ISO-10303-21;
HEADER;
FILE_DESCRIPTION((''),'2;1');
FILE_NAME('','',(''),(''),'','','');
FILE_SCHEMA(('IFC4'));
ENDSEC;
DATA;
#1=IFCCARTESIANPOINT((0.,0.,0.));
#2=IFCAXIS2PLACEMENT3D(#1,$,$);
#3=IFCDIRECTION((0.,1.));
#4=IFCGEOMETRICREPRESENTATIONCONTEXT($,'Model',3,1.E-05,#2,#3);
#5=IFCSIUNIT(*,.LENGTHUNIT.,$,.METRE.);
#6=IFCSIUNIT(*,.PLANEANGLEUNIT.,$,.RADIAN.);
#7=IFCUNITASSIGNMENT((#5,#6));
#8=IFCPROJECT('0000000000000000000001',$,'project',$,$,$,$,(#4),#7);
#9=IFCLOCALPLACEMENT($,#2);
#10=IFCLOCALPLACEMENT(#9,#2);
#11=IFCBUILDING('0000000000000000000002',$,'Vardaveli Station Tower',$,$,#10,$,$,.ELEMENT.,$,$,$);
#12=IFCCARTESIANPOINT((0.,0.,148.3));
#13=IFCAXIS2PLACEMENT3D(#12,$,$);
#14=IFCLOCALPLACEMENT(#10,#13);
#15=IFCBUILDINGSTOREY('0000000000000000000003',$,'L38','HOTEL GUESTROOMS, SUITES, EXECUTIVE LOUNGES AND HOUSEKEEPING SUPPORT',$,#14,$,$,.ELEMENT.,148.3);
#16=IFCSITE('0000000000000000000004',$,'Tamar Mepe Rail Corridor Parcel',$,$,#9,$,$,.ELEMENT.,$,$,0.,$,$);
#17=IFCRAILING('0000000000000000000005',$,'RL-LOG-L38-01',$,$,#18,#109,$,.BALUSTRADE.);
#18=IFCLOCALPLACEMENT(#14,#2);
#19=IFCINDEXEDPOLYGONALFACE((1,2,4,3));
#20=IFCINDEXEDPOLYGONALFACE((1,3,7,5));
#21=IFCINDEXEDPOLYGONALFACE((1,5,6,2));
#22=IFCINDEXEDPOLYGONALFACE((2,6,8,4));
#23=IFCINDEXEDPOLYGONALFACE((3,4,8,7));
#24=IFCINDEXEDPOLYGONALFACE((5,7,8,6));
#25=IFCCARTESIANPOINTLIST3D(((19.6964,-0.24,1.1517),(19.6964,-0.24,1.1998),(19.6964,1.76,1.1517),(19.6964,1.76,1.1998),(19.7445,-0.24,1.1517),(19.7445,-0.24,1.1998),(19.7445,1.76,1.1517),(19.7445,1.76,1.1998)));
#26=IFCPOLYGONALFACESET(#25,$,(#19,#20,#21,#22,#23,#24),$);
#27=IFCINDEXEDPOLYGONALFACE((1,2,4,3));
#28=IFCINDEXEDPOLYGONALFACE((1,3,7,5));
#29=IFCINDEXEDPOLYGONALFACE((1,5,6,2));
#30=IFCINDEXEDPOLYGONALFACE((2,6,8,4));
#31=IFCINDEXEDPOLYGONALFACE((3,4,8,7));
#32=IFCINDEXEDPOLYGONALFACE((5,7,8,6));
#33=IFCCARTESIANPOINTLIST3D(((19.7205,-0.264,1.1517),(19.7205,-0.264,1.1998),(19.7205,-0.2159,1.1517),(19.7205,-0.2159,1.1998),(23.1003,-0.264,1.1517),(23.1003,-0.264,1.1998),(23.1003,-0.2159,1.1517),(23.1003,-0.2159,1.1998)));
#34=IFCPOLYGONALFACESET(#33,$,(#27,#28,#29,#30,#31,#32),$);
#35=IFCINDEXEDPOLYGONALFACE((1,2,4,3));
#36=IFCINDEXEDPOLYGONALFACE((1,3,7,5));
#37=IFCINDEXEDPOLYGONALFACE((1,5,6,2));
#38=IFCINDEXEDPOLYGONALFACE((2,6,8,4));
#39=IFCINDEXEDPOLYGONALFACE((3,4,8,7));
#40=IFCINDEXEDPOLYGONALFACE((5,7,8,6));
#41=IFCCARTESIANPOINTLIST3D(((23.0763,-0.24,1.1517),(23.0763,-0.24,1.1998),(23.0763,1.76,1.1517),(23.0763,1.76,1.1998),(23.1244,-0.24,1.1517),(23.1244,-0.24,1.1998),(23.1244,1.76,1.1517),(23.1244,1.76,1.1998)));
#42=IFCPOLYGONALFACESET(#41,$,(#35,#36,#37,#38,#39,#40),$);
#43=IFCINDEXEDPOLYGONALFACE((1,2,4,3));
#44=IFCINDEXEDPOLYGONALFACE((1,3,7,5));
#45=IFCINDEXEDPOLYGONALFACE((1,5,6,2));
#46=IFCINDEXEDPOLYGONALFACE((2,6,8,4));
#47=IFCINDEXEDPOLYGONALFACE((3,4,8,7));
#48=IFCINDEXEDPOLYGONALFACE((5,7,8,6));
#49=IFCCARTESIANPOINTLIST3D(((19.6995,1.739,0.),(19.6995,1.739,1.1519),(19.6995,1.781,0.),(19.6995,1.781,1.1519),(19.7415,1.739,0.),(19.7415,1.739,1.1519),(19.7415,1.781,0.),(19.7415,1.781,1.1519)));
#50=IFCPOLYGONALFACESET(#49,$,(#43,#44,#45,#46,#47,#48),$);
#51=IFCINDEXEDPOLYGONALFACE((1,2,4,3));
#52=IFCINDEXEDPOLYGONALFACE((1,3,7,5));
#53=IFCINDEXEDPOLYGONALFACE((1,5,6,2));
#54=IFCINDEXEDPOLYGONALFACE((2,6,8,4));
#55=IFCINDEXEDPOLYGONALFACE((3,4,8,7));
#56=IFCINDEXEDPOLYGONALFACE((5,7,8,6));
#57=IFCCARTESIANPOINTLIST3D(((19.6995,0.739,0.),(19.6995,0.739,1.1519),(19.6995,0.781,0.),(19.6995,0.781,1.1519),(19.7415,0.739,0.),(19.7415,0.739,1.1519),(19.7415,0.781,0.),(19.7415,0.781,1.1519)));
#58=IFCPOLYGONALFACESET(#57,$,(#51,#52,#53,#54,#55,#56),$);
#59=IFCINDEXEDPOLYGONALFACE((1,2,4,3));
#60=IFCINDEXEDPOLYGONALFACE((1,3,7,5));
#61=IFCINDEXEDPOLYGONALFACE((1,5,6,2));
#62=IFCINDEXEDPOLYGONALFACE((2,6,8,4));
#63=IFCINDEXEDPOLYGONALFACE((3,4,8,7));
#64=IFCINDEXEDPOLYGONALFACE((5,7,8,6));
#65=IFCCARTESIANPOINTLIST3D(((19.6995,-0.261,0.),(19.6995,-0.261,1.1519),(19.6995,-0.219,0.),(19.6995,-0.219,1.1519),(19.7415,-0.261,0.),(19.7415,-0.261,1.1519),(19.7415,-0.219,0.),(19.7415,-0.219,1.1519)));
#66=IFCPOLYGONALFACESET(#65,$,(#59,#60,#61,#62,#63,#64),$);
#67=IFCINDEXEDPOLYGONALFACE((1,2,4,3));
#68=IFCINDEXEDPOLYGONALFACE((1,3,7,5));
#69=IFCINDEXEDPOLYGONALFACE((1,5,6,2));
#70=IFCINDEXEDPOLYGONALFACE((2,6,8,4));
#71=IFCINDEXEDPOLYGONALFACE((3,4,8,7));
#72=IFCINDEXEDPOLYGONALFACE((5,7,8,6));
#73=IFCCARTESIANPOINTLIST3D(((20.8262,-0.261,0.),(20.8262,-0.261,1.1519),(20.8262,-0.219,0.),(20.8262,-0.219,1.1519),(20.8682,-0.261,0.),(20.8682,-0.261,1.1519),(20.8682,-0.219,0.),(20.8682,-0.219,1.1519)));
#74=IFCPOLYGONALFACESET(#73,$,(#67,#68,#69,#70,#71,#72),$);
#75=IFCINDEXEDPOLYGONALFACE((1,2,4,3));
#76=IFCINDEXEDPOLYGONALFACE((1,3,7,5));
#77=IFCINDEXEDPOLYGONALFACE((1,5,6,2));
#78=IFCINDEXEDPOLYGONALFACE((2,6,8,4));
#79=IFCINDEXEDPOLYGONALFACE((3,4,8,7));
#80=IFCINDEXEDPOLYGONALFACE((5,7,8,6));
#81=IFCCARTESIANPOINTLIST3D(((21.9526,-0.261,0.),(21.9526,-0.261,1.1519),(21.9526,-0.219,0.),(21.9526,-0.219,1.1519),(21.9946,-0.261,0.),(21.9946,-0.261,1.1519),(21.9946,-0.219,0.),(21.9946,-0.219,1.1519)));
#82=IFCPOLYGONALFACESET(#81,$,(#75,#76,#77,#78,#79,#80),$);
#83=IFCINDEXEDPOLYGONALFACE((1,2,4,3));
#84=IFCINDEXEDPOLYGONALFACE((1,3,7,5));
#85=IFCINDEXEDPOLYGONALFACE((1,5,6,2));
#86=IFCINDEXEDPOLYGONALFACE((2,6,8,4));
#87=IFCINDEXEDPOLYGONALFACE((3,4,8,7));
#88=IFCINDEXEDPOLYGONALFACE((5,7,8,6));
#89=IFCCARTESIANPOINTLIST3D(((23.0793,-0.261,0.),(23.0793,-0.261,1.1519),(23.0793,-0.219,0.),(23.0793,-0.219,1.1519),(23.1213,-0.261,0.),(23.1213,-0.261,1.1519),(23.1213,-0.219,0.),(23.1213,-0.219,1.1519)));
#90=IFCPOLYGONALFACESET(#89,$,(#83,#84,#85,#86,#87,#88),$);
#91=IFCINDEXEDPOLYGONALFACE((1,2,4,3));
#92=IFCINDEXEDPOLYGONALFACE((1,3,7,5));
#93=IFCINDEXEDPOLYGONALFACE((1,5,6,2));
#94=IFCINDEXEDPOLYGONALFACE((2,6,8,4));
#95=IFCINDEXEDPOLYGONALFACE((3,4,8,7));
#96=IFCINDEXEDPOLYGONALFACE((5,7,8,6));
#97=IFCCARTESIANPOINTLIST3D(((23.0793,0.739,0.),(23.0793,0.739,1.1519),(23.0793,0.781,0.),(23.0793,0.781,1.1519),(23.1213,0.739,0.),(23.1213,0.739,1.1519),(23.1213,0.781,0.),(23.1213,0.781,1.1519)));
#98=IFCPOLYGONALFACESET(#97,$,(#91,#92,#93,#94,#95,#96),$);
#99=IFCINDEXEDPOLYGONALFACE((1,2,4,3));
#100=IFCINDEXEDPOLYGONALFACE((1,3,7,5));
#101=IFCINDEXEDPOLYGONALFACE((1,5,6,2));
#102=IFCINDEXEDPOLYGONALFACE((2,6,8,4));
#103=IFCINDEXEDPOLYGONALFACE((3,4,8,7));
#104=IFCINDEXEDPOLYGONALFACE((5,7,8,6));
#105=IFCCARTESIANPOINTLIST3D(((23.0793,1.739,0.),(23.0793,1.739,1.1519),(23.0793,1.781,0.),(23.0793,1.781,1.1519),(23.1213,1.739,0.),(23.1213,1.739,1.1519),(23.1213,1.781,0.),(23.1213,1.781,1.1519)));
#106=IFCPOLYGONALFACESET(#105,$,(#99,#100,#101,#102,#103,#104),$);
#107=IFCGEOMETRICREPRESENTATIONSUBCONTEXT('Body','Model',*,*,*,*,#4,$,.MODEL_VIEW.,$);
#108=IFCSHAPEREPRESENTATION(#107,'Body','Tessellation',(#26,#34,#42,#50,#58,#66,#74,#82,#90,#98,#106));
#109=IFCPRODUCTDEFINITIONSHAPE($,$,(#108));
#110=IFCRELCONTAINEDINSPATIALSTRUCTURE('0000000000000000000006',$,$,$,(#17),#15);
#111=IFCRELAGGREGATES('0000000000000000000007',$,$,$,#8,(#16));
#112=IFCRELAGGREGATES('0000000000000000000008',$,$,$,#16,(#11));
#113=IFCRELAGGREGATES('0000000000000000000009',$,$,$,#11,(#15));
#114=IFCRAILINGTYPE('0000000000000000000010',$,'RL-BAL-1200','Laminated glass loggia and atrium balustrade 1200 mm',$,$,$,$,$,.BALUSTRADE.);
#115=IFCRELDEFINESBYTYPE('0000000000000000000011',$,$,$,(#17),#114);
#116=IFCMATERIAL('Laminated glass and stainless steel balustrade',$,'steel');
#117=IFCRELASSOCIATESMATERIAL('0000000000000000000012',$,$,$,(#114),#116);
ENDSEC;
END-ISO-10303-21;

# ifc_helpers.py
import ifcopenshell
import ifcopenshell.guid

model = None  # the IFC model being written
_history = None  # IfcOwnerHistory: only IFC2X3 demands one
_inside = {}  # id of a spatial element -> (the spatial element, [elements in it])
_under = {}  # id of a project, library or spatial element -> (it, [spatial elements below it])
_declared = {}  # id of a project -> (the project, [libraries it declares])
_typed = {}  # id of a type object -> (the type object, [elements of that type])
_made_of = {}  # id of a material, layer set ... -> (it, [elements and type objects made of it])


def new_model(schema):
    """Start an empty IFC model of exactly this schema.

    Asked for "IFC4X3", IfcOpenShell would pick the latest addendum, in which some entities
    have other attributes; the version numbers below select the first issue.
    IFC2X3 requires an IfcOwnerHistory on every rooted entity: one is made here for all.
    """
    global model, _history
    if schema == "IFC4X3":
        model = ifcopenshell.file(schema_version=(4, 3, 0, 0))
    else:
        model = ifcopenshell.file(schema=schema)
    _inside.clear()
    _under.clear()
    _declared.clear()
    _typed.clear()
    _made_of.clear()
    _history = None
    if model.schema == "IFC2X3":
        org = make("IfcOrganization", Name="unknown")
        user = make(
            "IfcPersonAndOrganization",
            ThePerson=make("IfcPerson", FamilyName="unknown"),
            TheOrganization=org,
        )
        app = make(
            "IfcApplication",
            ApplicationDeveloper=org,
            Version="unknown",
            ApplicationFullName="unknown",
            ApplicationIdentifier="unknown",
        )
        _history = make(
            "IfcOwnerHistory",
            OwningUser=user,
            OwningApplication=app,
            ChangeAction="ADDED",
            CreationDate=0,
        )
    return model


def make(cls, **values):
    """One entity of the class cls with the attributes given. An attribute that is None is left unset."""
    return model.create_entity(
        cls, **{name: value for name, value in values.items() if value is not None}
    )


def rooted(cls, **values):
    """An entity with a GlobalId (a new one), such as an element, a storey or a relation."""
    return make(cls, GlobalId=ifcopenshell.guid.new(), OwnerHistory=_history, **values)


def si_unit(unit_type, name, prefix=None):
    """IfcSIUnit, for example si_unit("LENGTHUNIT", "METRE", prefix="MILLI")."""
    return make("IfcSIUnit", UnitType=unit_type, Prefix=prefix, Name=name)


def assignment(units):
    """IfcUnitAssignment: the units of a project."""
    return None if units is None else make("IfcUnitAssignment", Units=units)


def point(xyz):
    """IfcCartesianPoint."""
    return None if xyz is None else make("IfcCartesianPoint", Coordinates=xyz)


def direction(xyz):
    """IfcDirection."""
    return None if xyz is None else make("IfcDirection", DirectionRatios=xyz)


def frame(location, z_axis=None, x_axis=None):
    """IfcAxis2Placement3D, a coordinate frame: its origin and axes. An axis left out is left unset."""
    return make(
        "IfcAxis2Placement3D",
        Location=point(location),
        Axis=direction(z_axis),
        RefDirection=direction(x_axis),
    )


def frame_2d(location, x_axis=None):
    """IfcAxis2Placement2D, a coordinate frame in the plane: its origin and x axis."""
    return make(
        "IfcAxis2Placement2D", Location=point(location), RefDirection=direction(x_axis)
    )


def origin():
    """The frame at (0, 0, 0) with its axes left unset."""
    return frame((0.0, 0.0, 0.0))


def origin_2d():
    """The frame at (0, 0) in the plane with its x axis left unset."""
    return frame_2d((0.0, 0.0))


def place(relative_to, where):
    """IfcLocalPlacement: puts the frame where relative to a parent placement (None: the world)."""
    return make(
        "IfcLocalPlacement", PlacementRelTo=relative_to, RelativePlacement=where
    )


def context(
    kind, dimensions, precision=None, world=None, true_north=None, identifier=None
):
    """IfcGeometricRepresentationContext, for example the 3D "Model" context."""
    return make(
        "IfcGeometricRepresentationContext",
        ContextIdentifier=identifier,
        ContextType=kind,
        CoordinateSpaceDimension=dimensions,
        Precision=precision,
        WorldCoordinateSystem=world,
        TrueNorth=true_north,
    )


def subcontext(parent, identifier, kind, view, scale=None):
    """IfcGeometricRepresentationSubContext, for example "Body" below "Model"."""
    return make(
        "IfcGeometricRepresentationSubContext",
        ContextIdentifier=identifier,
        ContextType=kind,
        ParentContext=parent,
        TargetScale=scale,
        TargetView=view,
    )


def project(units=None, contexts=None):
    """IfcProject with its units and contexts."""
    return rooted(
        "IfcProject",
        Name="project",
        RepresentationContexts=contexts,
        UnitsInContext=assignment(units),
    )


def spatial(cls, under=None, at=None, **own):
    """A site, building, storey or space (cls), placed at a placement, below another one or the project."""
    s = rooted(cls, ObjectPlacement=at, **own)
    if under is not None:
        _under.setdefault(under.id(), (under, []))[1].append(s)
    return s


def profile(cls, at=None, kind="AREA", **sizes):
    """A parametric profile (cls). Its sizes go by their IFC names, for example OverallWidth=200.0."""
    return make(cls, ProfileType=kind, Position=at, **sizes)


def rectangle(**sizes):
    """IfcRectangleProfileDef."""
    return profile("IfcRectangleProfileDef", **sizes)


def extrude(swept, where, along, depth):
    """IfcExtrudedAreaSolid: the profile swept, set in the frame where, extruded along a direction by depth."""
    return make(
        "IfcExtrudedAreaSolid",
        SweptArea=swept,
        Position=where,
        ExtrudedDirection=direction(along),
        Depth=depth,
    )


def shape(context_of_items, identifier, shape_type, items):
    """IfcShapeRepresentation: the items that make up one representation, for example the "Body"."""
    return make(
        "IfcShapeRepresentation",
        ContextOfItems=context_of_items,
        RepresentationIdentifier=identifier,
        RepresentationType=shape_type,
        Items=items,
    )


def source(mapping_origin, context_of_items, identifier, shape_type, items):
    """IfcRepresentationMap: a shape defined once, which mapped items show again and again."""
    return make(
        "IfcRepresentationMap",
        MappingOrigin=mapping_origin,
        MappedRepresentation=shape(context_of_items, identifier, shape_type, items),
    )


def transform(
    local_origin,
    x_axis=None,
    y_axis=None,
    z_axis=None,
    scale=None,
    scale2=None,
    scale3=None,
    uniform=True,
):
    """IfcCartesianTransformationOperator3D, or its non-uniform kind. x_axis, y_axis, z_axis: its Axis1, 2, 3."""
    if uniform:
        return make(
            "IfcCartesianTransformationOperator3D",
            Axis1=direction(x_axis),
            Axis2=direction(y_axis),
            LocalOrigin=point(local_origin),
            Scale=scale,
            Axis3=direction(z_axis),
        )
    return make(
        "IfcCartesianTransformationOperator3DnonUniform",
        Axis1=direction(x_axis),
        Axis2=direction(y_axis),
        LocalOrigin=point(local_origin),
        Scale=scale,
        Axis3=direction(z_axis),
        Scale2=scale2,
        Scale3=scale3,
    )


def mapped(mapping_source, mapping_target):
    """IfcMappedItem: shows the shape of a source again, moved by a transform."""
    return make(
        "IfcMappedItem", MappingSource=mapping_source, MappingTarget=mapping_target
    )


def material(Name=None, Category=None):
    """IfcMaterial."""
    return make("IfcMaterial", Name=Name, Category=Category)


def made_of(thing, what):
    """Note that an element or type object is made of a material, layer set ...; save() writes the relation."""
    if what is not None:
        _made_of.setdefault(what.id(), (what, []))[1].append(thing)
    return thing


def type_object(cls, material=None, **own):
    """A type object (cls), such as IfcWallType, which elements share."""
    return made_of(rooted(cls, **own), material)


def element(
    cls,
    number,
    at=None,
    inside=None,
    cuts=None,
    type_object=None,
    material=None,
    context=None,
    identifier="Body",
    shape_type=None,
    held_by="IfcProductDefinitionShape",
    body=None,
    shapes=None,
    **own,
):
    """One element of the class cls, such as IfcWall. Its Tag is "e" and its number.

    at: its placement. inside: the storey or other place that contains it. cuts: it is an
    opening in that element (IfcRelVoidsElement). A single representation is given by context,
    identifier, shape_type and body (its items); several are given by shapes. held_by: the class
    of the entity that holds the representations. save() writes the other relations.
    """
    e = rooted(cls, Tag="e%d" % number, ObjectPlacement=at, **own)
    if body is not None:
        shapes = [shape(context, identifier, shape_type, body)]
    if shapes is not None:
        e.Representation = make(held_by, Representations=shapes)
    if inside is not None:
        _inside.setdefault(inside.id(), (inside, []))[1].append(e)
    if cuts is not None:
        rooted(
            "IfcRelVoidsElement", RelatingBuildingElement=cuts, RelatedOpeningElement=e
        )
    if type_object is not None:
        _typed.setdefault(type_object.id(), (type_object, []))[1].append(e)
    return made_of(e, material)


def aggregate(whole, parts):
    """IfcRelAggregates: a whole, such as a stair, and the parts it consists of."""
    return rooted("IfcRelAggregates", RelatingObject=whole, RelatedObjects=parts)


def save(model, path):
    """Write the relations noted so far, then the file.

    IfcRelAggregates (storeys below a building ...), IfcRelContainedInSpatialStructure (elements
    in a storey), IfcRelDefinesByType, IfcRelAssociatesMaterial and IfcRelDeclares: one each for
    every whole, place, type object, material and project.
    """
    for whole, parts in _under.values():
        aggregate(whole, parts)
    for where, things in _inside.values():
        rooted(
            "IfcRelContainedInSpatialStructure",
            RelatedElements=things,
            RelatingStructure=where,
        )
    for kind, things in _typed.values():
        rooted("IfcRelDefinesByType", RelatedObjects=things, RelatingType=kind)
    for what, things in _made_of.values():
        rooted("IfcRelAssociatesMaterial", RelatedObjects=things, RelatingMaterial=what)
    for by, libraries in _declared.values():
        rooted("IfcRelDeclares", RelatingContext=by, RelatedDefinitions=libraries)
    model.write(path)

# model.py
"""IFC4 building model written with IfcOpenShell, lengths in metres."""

from ifc_helpers import new_model, si_unit, direction, frame, origin, origin_2d, place, context, subcontext, project, spatial, rectangle, extrude, source, transform, mapped, material, type_object, element, save


model = new_model("IFC4")

# Units and contexts
model_context = context("Model", 3, precision=1e-05, world=origin(), true_north=direction((0.0, 1.0)))
body_context = subcontext(model_context, "Body", "Model", "MODEL_VIEW")
ifc_project = project(units=[si_unit("LENGTHUNIT", "METRE"), si_unit("PLANEANGLEUNIT", "RADIAN")], contexts=[model_context])

# Site, building, storey
site_placement = place(None, origin())
site = spatial("IfcSite", under=ifc_project, at=site_placement, Name="Tamar Mepe Rail Corridor Parcel", CompositionType="ELEMENT", RefElevation=0.0)
building_placement = place(site_placement, origin())
building = spatial("IfcBuilding", under=site, at=building_placement, Name="Vardaveli Station Tower", CompositionType="ELEMENT")
storey_placement = place(building_placement, frame((0.0, 0.0, 148.3)))
storey = spatial("IfcBuildingStorey", under=building, at=storey_placement, Name="L38", Description="HOTEL GUESTROOMS, SUITES, EXECUTIVE LOUNGES AND HOUSEKEEPING SUPPORT", CompositionType="ELEMENT", Elevation=148.3)

# Railing
ifc_material_1 = material(Name="Laminated glass and stainless steel balustrade", Category="steel")
railing_type = type_object("IfcRailingType", Name="RL-BAL-1200", Description="Laminated glass loggia and atrium balustrade 1200 mm", PredefinedType="BALUSTRADE", material=ifc_material_1)
shared_shape_1 = source(origin(), body_context, "Body", "SweptSolid", [
    extrude(rectangle(XDim=0.0481, YDim=0.0481, at=origin_2d()), frame((0.0, 0.0, 1.1758), z_axis=(0.0, -1.0, 0.0), x_axis=(1.0, 0.0, 0.0)), (0.0, 0.0, 1.0), 2.0),
    extrude(rectangle(XDim=0.0481, YDim=0.0481, at=origin_2d()), frame((0.0, -2.0, 1.1758), z_axis=(1.0, 0.0, 0.0), x_axis=(0.0, 1.0, 0.0)), (0.0, 0.0, 1.0), 3.3799),
    extrude(rectangle(XDim=0.0481, YDim=0.0481, at=origin_2d()), frame((3.3799, -2.0, 1.1758), z_axis=(0.0, 1.0, 0.0), x_axis=(-1.0, 0.0, 0.0)), (0.0, 0.0, 1.0), 2.0),
    extrude(rectangle(XDim=0.042, YDim=0.042, at=origin_2d()), origin(), (0.0, 0.0, 1.0), 1.1519),
    extrude(rectangle(XDim=0.042, YDim=0.042, at=origin_2d()), frame((0.0, -1.0, 0.0)), (0.0, 0.0, 1.0), 1.1519),
    extrude(rectangle(XDim=0.042, YDim=0.042, at=origin_2d()), frame((0.0, -2.0, 0.0)), (0.0, 0.0, 1.0), 1.1519),
    extrude(rectangle(XDim=0.042, YDim=0.042, at=origin_2d()), frame((1.1267, -2.0, 0.0)), (0.0, 0.0, 1.0), 1.1519),
    extrude(rectangle(XDim=0.042, YDim=0.042, at=origin_2d()), frame((2.2532, -2.0, 0.0)), (0.0, 0.0, 1.0), 1.1519),
    extrude(rectangle(XDim=0.042, YDim=0.042, at=origin_2d()), frame((3.3799, -2.0, 0.0)), (0.0, 0.0, 1.0), 1.1519),
    extrude(rectangle(XDim=0.042, YDim=0.042, at=origin_2d()), frame((3.3799, -1.0, 0.0)), (0.0, 0.0, 1.0), 1.1519),
    extrude(rectangle(XDim=0.042, YDim=0.042, at=origin_2d()), frame((3.3799, 0.0, 0.0)), (0.0, 0.0, 1.0), 1.1519),
])
railing_placement = place(storey_placement, frame((19.7205, 1.76, 0.0)))
element("IfcRailing", 1, at=railing_placement, inside=storey, type_object=railing_type, Name="RL-LOG-L38-01", PredefinedType="BALUSTRADE", context=body_context, shape_type="MappedRepresentation", body=[
    mapped(shared_shape_1, transform((0.0, 0.0, 0.0), scale=1.0)),
])

save(model, "model.ifc")
